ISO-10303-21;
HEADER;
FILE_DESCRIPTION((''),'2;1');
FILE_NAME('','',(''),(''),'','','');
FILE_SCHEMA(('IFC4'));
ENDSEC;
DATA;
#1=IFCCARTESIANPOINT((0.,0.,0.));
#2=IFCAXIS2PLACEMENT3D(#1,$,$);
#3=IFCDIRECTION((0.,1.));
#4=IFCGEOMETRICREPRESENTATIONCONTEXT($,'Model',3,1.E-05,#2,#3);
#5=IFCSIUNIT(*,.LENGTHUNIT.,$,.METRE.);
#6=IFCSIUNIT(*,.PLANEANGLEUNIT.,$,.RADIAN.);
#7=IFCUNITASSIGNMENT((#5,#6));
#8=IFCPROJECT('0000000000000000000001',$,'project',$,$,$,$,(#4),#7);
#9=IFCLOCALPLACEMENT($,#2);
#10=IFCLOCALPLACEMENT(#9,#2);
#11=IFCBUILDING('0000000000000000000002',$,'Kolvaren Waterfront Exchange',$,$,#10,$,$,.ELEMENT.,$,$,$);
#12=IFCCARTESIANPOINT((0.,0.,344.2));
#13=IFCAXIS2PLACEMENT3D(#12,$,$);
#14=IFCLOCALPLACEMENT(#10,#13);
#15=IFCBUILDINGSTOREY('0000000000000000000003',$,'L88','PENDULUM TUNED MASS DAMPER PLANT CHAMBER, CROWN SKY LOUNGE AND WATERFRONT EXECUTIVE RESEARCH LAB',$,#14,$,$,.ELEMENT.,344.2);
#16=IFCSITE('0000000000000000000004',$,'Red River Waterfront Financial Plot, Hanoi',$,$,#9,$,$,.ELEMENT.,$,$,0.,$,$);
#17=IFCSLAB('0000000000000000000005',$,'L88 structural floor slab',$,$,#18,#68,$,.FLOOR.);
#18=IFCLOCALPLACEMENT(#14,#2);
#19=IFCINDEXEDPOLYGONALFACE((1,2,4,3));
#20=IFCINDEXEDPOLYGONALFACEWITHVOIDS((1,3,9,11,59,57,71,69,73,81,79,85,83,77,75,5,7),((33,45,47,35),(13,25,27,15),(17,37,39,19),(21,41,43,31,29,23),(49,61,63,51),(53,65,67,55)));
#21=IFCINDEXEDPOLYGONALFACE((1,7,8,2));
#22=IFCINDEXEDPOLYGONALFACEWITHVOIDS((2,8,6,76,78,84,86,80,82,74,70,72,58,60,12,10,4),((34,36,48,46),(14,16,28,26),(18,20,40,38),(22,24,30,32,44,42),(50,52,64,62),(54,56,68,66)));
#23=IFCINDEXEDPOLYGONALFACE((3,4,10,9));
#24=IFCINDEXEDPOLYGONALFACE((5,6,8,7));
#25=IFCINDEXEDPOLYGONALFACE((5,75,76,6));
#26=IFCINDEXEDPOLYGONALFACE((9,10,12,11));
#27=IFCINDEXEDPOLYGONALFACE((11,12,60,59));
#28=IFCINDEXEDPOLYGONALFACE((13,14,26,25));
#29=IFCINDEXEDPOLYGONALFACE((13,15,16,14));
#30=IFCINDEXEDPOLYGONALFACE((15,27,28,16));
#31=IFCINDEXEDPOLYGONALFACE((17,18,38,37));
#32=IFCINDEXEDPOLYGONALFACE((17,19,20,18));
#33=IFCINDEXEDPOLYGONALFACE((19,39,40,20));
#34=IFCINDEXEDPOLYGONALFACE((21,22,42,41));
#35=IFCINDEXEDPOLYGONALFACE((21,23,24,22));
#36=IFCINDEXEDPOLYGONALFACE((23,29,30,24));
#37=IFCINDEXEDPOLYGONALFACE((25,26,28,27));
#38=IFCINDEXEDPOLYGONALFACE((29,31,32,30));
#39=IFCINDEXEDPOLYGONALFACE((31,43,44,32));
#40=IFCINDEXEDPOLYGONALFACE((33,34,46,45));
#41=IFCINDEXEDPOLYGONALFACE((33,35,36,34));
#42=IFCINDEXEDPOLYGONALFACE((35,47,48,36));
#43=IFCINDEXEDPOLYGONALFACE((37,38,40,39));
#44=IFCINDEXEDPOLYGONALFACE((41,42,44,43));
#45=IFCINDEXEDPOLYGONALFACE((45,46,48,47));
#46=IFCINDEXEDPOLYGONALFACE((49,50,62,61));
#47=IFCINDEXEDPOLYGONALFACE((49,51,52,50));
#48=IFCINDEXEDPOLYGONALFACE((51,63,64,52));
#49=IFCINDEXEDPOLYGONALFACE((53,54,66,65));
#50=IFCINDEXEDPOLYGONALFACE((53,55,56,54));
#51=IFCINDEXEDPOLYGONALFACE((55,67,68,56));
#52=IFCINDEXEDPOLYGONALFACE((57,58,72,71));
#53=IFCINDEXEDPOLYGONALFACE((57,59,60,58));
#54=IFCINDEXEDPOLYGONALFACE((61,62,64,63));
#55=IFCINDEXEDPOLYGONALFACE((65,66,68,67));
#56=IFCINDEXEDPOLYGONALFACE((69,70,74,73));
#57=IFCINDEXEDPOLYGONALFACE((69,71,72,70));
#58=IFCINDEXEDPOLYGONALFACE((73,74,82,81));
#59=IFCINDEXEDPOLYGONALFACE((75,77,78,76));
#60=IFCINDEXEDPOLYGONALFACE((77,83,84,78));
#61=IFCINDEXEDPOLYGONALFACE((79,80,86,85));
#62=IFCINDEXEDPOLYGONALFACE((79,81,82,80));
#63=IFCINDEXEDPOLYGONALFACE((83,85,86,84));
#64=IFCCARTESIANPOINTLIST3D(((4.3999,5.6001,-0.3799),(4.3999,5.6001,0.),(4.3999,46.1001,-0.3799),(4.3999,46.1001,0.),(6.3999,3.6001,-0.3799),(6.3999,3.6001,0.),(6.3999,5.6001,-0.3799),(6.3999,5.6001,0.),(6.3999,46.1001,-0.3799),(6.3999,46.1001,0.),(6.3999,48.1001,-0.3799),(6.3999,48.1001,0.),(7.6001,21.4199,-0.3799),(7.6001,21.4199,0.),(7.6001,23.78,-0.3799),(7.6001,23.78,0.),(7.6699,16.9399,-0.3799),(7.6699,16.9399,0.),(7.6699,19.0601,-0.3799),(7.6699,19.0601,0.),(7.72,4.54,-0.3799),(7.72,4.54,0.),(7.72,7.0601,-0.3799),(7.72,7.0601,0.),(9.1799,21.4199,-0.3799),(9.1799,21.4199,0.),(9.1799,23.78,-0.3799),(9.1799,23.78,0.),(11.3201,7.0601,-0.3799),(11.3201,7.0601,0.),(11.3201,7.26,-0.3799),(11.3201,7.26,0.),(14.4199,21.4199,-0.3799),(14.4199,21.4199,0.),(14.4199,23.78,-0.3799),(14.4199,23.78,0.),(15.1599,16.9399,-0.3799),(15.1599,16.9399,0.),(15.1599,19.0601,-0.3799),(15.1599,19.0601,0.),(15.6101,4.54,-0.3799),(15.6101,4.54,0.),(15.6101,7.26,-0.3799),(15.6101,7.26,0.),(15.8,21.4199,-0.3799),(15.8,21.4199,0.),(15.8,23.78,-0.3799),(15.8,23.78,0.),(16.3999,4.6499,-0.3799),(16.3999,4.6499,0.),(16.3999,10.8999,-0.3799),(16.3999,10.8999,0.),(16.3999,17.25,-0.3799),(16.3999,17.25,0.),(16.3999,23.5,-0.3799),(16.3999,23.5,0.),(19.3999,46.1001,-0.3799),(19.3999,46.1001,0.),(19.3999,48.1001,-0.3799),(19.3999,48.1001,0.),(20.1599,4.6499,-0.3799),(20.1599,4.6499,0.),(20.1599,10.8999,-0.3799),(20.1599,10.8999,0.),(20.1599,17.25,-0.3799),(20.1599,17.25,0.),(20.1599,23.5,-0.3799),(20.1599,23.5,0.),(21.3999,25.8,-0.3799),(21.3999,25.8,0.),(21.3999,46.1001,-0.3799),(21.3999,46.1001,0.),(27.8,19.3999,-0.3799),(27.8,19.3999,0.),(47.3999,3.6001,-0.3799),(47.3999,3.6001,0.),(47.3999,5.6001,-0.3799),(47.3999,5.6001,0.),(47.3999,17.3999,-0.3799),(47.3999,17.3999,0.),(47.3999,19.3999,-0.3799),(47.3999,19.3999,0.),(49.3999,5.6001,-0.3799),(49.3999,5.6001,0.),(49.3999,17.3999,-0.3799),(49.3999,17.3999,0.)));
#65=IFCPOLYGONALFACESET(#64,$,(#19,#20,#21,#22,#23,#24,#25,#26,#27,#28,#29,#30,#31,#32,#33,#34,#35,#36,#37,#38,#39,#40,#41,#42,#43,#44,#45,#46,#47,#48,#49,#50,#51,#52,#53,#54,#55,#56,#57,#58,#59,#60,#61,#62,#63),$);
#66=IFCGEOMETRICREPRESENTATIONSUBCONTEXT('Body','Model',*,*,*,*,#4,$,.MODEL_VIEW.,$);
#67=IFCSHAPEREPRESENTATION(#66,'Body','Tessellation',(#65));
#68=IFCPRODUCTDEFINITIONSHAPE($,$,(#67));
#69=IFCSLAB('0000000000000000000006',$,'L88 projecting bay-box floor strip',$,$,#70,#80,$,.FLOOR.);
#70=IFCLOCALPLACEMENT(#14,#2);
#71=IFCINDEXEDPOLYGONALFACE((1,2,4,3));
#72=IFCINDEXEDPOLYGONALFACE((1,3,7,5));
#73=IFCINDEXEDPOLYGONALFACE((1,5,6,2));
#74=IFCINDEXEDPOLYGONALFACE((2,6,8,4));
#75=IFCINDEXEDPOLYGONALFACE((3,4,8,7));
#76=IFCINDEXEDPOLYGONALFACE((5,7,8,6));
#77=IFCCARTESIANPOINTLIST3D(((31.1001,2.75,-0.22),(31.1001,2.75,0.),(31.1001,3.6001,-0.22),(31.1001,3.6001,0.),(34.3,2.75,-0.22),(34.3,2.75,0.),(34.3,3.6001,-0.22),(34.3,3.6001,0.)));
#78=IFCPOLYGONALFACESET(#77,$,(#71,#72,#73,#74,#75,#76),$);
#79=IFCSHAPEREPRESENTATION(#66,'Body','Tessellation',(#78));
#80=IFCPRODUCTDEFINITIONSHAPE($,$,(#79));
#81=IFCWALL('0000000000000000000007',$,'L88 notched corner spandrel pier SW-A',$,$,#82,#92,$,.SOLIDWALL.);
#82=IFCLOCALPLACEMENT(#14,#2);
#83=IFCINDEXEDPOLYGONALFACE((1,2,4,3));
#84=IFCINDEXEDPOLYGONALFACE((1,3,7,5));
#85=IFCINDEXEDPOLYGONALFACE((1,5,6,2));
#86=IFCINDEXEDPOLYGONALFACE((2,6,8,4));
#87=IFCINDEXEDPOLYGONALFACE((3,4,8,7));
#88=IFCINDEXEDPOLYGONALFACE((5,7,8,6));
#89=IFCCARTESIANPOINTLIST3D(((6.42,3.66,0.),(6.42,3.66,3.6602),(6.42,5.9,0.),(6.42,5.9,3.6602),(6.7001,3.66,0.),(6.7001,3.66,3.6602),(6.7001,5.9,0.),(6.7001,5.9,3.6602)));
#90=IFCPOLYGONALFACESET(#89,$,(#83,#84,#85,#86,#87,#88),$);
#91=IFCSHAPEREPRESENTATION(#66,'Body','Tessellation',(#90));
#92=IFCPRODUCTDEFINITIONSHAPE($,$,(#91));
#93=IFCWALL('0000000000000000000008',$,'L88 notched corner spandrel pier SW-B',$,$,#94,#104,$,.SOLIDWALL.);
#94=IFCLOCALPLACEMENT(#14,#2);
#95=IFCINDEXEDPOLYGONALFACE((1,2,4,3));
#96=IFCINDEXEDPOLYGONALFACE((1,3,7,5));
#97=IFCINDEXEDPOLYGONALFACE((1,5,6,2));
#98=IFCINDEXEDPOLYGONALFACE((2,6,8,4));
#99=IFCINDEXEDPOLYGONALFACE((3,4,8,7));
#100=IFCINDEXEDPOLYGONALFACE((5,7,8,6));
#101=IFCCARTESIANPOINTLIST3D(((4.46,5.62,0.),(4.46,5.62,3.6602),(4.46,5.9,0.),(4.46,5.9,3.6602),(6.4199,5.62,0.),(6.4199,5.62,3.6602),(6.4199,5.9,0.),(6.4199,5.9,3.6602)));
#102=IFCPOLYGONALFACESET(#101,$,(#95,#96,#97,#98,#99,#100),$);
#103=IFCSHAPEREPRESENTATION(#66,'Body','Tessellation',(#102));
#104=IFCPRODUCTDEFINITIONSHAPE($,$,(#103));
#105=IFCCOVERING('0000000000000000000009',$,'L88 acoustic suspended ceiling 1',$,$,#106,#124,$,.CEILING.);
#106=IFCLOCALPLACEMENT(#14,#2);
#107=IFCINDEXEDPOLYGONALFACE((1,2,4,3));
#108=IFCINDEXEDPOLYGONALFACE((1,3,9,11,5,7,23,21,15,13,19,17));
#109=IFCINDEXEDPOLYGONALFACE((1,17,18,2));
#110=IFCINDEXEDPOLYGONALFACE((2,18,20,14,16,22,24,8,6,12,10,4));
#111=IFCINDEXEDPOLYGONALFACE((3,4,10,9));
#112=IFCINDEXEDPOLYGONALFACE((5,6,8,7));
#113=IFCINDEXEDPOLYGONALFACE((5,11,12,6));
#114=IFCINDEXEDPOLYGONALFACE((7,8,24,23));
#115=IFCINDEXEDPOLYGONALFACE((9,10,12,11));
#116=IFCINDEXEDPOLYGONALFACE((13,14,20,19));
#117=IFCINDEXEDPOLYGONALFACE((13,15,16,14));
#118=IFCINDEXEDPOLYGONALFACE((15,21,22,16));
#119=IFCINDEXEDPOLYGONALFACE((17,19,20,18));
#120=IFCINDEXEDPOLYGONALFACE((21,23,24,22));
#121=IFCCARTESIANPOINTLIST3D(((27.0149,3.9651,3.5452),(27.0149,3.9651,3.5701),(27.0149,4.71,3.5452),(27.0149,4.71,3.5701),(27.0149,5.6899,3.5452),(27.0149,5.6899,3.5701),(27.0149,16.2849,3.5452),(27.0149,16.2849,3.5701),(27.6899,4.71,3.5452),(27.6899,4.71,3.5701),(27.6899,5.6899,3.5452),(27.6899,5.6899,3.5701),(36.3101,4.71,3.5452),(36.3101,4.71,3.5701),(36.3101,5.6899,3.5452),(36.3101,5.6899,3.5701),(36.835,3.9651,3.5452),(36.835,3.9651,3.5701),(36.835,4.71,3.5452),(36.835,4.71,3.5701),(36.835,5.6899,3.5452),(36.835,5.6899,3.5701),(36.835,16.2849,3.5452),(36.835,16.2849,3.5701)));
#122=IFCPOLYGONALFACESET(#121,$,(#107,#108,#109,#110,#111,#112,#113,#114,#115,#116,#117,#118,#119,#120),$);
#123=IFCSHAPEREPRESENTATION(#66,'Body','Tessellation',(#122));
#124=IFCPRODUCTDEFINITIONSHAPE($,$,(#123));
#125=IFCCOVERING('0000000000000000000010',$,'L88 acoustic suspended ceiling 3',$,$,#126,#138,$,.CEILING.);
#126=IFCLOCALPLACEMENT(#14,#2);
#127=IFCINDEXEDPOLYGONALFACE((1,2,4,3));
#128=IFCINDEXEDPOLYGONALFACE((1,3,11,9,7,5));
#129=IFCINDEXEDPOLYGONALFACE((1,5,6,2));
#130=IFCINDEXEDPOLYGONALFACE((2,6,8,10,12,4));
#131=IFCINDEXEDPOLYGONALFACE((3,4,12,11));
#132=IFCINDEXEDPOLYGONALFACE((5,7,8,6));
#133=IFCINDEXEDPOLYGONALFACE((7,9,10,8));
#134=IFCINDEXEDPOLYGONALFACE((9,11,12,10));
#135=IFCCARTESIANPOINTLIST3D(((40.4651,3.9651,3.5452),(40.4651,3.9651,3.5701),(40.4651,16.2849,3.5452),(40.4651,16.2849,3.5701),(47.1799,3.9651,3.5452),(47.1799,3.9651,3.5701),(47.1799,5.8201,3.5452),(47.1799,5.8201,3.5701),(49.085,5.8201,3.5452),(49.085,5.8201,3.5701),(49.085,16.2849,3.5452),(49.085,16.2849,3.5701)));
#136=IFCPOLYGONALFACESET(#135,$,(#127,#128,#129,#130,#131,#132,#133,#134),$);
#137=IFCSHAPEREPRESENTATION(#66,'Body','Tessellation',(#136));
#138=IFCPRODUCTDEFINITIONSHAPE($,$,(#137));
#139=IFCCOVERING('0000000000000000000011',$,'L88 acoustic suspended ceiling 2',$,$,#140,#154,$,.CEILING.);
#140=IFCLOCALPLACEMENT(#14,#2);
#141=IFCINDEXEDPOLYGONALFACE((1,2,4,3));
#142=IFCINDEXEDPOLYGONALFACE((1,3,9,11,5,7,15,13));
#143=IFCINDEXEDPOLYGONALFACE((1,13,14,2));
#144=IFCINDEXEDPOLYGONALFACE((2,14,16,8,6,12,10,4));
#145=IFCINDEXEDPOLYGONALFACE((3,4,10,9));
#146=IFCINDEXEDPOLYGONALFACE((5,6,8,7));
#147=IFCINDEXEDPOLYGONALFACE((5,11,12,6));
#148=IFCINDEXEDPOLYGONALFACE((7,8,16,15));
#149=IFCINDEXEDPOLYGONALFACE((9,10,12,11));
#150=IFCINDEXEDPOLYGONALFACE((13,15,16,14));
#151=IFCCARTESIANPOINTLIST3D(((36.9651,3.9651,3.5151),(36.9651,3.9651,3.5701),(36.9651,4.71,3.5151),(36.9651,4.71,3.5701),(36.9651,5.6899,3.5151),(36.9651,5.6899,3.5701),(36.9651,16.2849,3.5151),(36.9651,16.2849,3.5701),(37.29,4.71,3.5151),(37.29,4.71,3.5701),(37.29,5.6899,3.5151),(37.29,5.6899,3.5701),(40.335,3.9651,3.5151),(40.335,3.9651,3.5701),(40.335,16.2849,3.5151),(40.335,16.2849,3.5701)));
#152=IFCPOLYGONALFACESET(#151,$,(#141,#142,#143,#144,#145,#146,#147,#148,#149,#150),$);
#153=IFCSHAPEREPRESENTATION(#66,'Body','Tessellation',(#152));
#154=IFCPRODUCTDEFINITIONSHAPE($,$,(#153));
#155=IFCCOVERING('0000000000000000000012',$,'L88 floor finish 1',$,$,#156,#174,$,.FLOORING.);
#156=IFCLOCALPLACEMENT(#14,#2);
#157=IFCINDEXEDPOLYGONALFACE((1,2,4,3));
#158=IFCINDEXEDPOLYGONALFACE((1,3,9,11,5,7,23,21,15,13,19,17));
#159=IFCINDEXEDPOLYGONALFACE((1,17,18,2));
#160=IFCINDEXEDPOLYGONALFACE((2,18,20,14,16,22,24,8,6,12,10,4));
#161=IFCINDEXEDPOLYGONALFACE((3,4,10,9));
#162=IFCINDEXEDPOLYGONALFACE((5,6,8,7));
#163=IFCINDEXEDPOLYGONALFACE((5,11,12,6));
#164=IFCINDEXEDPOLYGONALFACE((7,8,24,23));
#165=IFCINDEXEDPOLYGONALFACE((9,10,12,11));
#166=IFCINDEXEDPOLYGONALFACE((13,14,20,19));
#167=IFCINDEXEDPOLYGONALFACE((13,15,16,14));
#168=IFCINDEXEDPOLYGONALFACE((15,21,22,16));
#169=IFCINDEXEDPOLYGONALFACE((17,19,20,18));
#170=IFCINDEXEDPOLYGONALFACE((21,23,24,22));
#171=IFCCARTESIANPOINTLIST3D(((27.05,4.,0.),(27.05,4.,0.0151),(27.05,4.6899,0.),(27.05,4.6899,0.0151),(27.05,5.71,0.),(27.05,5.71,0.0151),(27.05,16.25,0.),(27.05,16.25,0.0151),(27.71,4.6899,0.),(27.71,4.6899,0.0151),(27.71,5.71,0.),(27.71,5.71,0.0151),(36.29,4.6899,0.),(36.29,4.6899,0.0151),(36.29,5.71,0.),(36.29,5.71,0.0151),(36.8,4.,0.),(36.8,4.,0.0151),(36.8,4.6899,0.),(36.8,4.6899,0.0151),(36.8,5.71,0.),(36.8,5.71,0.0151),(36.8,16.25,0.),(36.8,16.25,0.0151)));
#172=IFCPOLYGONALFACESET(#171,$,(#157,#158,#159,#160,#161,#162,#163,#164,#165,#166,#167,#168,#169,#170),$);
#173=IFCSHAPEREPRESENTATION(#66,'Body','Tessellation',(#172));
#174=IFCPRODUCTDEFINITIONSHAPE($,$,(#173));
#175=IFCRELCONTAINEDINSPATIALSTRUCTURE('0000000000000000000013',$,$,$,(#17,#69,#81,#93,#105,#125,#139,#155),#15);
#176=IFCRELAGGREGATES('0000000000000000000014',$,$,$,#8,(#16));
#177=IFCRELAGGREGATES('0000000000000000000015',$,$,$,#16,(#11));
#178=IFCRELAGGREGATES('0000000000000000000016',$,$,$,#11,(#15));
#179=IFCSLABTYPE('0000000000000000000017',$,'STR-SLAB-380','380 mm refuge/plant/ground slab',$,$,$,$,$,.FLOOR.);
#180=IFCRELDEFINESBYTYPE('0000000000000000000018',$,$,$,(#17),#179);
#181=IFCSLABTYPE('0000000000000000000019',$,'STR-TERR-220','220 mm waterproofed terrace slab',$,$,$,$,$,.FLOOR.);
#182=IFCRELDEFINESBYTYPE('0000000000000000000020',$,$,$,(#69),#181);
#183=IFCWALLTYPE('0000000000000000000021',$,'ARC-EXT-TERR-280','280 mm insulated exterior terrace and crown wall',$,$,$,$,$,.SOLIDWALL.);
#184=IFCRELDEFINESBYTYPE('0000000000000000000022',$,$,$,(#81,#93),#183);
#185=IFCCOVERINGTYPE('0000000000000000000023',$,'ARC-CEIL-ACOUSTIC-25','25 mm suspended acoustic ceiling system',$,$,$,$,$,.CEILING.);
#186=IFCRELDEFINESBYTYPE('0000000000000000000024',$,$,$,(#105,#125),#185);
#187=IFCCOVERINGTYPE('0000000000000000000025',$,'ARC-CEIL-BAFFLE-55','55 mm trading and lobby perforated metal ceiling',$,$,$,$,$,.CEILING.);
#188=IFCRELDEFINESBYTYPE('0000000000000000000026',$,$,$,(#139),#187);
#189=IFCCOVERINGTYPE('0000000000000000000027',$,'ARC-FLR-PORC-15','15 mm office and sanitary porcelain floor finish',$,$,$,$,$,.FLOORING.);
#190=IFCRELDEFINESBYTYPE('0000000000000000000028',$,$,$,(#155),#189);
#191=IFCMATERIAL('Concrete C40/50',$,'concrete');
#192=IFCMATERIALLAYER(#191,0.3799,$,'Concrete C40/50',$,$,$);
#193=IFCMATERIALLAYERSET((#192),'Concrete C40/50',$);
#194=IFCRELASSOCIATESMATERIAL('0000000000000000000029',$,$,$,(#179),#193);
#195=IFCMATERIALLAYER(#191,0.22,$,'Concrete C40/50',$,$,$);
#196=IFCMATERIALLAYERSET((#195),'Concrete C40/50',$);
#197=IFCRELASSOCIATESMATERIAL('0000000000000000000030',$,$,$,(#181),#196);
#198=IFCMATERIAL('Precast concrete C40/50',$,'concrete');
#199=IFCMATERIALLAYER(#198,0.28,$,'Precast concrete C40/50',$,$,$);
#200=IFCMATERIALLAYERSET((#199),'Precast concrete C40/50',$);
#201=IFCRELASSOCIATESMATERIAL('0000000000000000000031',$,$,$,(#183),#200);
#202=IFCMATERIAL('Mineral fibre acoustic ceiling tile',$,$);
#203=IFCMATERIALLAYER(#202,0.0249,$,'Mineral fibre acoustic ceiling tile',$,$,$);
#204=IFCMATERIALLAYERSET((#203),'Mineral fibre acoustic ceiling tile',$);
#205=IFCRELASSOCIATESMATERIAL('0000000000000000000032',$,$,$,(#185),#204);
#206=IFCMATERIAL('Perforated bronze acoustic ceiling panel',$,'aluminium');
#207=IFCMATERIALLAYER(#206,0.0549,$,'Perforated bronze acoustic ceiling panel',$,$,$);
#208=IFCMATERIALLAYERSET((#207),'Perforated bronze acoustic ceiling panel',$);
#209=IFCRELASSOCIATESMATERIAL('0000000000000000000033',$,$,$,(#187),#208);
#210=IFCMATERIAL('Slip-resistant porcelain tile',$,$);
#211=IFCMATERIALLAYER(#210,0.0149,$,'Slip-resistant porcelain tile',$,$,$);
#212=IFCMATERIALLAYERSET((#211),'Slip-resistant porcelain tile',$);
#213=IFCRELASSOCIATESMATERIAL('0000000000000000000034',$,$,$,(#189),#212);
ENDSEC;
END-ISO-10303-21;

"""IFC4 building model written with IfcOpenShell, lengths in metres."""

from ifc_helpers import new_model, si_unit, direction, frame, frame_2d, origin, place, context, subcontext, project, spatial, polyline, rectangle, outline, extrude, material, layer, layer_set, type_object, element, save


model = new_model("IFC4")

# Units and contexts
model_context = context("Model", 3, precision=1e-05, world=origin(), true_north=direction((0.0, 1.0)))
body_context = subcontext(model_context, "Body", "Model", "MODEL_VIEW")
ifc_project = project(units=[si_unit("LENGTHUNIT", "METRE"), si_unit("PLANEANGLEUNIT", "RADIAN")], contexts=[model_context])

# Site, building, storey
site_placement = place(None, origin())
site = spatial("IfcSite", under=ifc_project, at=site_placement, Name="Red River Waterfront Financial Plot, Hanoi", CompositionType="ELEMENT", RefElevation=0.0)
building_placement = place(site_placement, origin())
building = spatial("IfcBuilding", under=site, at=building_placement, Name="Kolvaren Waterfront Exchange", CompositionType="ELEMENT")
storey_placement = place(building_placement, frame((0.0, 0.0, 344.2)))
storey = spatial("IfcBuildingStorey", under=building, at=storey_placement, Name="L88", Description="PENDULUM TUNED MASS DAMPER PLANT CHAMBER, CROWN SKY LOUNGE AND WATERFRONT EXECUTIVE RESEARCH LAB", CompositionType="ELEMENT", Elevation=344.2)

# Shared definitions
ifc_material_1 = material(Name="Concrete C40/50", Category="concrete")

# Slabs
ifc_layer_1 = layer(ifc_material_1, 0.3799, Name="Concrete C40/50")
ifc_layer_set_1 = layer_set([ifc_layer_1], Name="Concrete C40/50")
slab_type_1 = type_object("IfcSlabType", Name="STR-SLAB-380", Description="380 mm refuge/plant/ground slab", PredefinedType="FLOOR", material=ifc_layer_set_1)
slab_1_placement = place(storey_placement, frame((0.0, 0.0, -0.3799)))
element("IfcSlab", 1, at=slab_1_placement, inside=storey, type_object=slab_type_1, Name="L88 structural floor slab", PredefinedType="FLOOR", context=body_context, shape_type="SweptSolid", body=[
    extrude(outline(polyline([(6.3999, 3.6001), (47.3999, 3.6001), (47.3999, 5.6001), (49.3999, 5.6001), (49.3999, 17.3999), (47.3999, 17.3999), (47.3999, 19.3999), (27.8, 19.3999), (21.3999, 25.8), (21.3999, 46.1001), (19.3999, 46.1001), (19.3999, 48.1001), (6.3999, 48.1001), (6.3999, 46.1001), (4.3999, 46.1001), (4.3999, 5.6001), (6.3999, 5.6001), (6.3999, 3.6001)]), holes=[polyline([(11.3201, 7.26), (15.6101, 7.26), (15.6101, 4.54), (7.72, 4.54), (7.72, 7.0601), (11.3201, 7.0601), (11.3201, 7.26)]), polyline([(20.1599, 10.8999), (20.1599, 4.6499), (16.3999, 4.6499), (16.3999, 10.8999), (20.1599, 10.8999)]), polyline([(7.6699, 19.0601), (15.1599, 19.0601), (15.1599, 16.9399), (7.6699, 16.9399), (7.6699, 19.0601)]), polyline([(16.3999, 17.25), (16.3999, 23.5), (20.1599, 23.5), (20.1599, 17.25), (16.3999, 17.25)]), polyline([(7.6001, 23.78), (9.1799, 23.78), (9.1799, 21.4199), (7.6001, 21.4199), (7.6001, 23.78)]), polyline([(14.4199, 23.78), (15.8, 23.78), (15.8, 21.4199), (14.4199, 21.4199), (14.4199, 23.78)])]), origin(), (0.0, 0.0, 1.0), 0.3799),
])
ifc_layer_2 = layer(ifc_material_1, 0.22, Name="Concrete C40/50")
ifc_layer_set_2 = layer_set([ifc_layer_2], Name="Concrete C40/50")
slab_type_2 = type_object("IfcSlabType", Name="STR-TERR-220", Description="220 mm waterproofed terrace slab", PredefinedType="FLOOR", material=ifc_layer_set_2)
slab_2_placement = place(storey_placement, frame((0.0, 0.0, -0.22)))
element("IfcSlab", 2, at=slab_2_placement, inside=storey, type_object=slab_type_2, Name="L88 projecting bay-box floor strip", PredefinedType="FLOOR", context=body_context, shape_type="SweptSolid", body=[
    extrude(outline(polyline([(31.1001, 2.75), (34.3, 2.75), (34.3, 3.6001), (31.1001, 3.6001), (31.1001, 2.75)])), origin(), (0.0, 0.0, 1.0), 0.22),
])

# Walls
ifc_material_2 = material(Name="Precast concrete C40/50", Category="concrete")
ifc_layer_3 = layer(ifc_material_2, 0.28, Name="Precast concrete C40/50")
ifc_layer_set_3 = layer_set([ifc_layer_3], Name="Precast concrete C40/50")
wall_type = type_object("IfcWallType", Name="ARC-EXT-TERR-280", Description="280 mm insulated exterior terrace and crown wall", PredefinedType="SOLIDWALL", material=ifc_layer_set_3)
wall_1_placement = place(storey_placement, frame((6.5601, 3.6599, 0.0), z_axis=(0.0, 0.0, 1.0), x_axis=(0.0, 1.0, 0.0)))
element("IfcWall", 3, at=wall_1_placement, inside=storey, type_object=wall_type, Name="L88 notched corner spandrel pier SW-A", PredefinedType="SOLIDWALL", context=body_context, shape_type="SweptSolid", body=[
    extrude(rectangle(XDim=2.24, YDim=0.28, at=frame_2d((1.1201, 0.0))), origin(), (0.0, 0.0, 1.0), 3.6602),
])
wall_2_placement = place(storey_placement, frame((4.46, 5.76, 0.0), z_axis=(0.0, 0.0, 1.0), x_axis=(1.0, 0.0, 0.0)))
element("IfcWall", 4, at=wall_2_placement, inside=storey, type_object=wall_type, Name="L88 notched corner spandrel pier SW-B", PredefinedType="SOLIDWALL", context=body_context, shape_type="SweptSolid", body=[
    extrude(rectangle(XDim=1.96, YDim=0.28, at=frame_2d((0.98, 0.0))), origin(), (0.0, 0.0, 1.0), 3.6602),
])

# Coverings
ifc_material_3 = material(Name="Mineral fibre acoustic ceiling tile")
ifc_layer_4 = layer(ifc_material_3, 0.0249, Name="Mineral fibre acoustic ceiling tile")
ifc_layer_set_4 = layer_set([ifc_layer_4], Name="Mineral fibre acoustic ceiling tile")
covering_type_1 = type_object("IfcCoveringType", Name="ARC-CEIL-ACOUSTIC-25", Description="25 mm suspended acoustic ceiling system", PredefinedType="CEILING", material=ifc_layer_set_4)
covering_1_placement = place(storey_placement, frame((0.0, 0.0, 3.5452)))
element("IfcCovering", 5, at=covering_1_placement, inside=storey, type_object=covering_type_1, Name="L88 acoustic suspended ceiling 1", PredefinedType="CEILING", context=body_context, shape_type="SweptSolid", body=[
    extrude(outline(polyline([(27.0149, 5.6899), (27.6899, 5.6899), (27.6899, 4.71), (27.0149, 4.71), (27.0149, 3.9651), (36.835, 3.9651), (36.835, 4.71), (36.3101, 4.71), (36.3101, 5.6899), (36.835, 5.6899), (36.835, 16.2849), (27.0149, 16.2849), (27.0149, 5.6899)])), origin(), (0.0, 0.0, 1.0), 0.0249),
])
covering_2_placement = place(storey_placement, frame((0.0, 0.0, 3.5452)))
element("IfcCovering", 6, at=covering_2_placement, inside=storey, type_object=covering_type_1, Name="L88 acoustic suspended ceiling 3", PredefinedType="CEILING", context=body_context, shape_type="SweptSolid", body=[
    extrude(outline(polyline([(49.085, 5.8201), (49.085, 16.2849), (40.4651, 16.2849), (40.4651, 3.9651), (47.1799, 3.9651), (47.1799, 5.8201), (49.085, 5.8201)])), origin(), (0.0, 0.0, 1.0), 0.0249),
])
ifc_material_4 = material(Name="Perforated bronze acoustic ceiling panel", Category="aluminium")
ifc_layer_5 = layer(ifc_material_4, 0.0549, Name="Perforated bronze acoustic ceiling panel")
ifc_layer_set_5 = layer_set([ifc_layer_5], Name="Perforated bronze acoustic ceiling panel")
covering_type_2 = type_object("IfcCoveringType", Name="ARC-CEIL-BAFFLE-55", Description="55 mm trading and lobby perforated metal ceiling", PredefinedType="CEILING", material=ifc_layer_set_5)
covering_3_placement = place(storey_placement, frame((0.0, 0.0, 3.5151)))
element("IfcCovering", 7, at=covering_3_placement, inside=storey, type_object=covering_type_2, Name="L88 acoustic suspended ceiling 2", PredefinedType="CEILING", context=body_context, shape_type="SweptSolid", body=[
    extrude(outline(polyline([(36.9651, 5.6899), (37.29, 5.6899), (37.29, 4.71), (36.9651, 4.71), (36.9651, 3.9651), (40.335, 3.9651), (40.335, 16.2849), (36.9651, 16.2849), (36.9651, 5.6899)])), origin(), (0.0, 0.0, 1.0), 0.0549),
])
ifc_material_5 = material(Name="Slip-resistant porcelain tile")
ifc_layer_6 = layer(ifc_material_5, 0.0149, Name="Slip-resistant porcelain tile")
ifc_layer_set_6 = layer_set([ifc_layer_6], Name="Slip-resistant porcelain tile")
covering_type_3 = type_object("IfcCoveringType", Name="ARC-FLR-PORC-15", Description="15 mm office and sanitary porcelain floor finish", PredefinedType="FLOORING", material=ifc_layer_set_6)
covering_4_placement = place(storey_placement, origin())
element("IfcCovering", 8, at=covering_4_placement, inside=storey, type_object=covering_type_3, Name="L88 floor finish 1", PredefinedType="FLOORING", context=body_context, shape_type="SweptSolid", body=[
    extrude(outline(polyline([(27.05, 4.6899), (27.05, 4.0), (36.8, 4.0), (36.8, 4.6899), (36.29, 4.6899), (36.29, 5.71), (36.8, 5.71), (36.8, 16.25), (27.05, 16.25), (27.05, 5.71), (27.71, 5.71), (27.71, 4.6899), (27.05, 4.6899)])), origin(), (0.0, 0.0, 1.0), 0.0151),
])

save(model, "model.ifc")
